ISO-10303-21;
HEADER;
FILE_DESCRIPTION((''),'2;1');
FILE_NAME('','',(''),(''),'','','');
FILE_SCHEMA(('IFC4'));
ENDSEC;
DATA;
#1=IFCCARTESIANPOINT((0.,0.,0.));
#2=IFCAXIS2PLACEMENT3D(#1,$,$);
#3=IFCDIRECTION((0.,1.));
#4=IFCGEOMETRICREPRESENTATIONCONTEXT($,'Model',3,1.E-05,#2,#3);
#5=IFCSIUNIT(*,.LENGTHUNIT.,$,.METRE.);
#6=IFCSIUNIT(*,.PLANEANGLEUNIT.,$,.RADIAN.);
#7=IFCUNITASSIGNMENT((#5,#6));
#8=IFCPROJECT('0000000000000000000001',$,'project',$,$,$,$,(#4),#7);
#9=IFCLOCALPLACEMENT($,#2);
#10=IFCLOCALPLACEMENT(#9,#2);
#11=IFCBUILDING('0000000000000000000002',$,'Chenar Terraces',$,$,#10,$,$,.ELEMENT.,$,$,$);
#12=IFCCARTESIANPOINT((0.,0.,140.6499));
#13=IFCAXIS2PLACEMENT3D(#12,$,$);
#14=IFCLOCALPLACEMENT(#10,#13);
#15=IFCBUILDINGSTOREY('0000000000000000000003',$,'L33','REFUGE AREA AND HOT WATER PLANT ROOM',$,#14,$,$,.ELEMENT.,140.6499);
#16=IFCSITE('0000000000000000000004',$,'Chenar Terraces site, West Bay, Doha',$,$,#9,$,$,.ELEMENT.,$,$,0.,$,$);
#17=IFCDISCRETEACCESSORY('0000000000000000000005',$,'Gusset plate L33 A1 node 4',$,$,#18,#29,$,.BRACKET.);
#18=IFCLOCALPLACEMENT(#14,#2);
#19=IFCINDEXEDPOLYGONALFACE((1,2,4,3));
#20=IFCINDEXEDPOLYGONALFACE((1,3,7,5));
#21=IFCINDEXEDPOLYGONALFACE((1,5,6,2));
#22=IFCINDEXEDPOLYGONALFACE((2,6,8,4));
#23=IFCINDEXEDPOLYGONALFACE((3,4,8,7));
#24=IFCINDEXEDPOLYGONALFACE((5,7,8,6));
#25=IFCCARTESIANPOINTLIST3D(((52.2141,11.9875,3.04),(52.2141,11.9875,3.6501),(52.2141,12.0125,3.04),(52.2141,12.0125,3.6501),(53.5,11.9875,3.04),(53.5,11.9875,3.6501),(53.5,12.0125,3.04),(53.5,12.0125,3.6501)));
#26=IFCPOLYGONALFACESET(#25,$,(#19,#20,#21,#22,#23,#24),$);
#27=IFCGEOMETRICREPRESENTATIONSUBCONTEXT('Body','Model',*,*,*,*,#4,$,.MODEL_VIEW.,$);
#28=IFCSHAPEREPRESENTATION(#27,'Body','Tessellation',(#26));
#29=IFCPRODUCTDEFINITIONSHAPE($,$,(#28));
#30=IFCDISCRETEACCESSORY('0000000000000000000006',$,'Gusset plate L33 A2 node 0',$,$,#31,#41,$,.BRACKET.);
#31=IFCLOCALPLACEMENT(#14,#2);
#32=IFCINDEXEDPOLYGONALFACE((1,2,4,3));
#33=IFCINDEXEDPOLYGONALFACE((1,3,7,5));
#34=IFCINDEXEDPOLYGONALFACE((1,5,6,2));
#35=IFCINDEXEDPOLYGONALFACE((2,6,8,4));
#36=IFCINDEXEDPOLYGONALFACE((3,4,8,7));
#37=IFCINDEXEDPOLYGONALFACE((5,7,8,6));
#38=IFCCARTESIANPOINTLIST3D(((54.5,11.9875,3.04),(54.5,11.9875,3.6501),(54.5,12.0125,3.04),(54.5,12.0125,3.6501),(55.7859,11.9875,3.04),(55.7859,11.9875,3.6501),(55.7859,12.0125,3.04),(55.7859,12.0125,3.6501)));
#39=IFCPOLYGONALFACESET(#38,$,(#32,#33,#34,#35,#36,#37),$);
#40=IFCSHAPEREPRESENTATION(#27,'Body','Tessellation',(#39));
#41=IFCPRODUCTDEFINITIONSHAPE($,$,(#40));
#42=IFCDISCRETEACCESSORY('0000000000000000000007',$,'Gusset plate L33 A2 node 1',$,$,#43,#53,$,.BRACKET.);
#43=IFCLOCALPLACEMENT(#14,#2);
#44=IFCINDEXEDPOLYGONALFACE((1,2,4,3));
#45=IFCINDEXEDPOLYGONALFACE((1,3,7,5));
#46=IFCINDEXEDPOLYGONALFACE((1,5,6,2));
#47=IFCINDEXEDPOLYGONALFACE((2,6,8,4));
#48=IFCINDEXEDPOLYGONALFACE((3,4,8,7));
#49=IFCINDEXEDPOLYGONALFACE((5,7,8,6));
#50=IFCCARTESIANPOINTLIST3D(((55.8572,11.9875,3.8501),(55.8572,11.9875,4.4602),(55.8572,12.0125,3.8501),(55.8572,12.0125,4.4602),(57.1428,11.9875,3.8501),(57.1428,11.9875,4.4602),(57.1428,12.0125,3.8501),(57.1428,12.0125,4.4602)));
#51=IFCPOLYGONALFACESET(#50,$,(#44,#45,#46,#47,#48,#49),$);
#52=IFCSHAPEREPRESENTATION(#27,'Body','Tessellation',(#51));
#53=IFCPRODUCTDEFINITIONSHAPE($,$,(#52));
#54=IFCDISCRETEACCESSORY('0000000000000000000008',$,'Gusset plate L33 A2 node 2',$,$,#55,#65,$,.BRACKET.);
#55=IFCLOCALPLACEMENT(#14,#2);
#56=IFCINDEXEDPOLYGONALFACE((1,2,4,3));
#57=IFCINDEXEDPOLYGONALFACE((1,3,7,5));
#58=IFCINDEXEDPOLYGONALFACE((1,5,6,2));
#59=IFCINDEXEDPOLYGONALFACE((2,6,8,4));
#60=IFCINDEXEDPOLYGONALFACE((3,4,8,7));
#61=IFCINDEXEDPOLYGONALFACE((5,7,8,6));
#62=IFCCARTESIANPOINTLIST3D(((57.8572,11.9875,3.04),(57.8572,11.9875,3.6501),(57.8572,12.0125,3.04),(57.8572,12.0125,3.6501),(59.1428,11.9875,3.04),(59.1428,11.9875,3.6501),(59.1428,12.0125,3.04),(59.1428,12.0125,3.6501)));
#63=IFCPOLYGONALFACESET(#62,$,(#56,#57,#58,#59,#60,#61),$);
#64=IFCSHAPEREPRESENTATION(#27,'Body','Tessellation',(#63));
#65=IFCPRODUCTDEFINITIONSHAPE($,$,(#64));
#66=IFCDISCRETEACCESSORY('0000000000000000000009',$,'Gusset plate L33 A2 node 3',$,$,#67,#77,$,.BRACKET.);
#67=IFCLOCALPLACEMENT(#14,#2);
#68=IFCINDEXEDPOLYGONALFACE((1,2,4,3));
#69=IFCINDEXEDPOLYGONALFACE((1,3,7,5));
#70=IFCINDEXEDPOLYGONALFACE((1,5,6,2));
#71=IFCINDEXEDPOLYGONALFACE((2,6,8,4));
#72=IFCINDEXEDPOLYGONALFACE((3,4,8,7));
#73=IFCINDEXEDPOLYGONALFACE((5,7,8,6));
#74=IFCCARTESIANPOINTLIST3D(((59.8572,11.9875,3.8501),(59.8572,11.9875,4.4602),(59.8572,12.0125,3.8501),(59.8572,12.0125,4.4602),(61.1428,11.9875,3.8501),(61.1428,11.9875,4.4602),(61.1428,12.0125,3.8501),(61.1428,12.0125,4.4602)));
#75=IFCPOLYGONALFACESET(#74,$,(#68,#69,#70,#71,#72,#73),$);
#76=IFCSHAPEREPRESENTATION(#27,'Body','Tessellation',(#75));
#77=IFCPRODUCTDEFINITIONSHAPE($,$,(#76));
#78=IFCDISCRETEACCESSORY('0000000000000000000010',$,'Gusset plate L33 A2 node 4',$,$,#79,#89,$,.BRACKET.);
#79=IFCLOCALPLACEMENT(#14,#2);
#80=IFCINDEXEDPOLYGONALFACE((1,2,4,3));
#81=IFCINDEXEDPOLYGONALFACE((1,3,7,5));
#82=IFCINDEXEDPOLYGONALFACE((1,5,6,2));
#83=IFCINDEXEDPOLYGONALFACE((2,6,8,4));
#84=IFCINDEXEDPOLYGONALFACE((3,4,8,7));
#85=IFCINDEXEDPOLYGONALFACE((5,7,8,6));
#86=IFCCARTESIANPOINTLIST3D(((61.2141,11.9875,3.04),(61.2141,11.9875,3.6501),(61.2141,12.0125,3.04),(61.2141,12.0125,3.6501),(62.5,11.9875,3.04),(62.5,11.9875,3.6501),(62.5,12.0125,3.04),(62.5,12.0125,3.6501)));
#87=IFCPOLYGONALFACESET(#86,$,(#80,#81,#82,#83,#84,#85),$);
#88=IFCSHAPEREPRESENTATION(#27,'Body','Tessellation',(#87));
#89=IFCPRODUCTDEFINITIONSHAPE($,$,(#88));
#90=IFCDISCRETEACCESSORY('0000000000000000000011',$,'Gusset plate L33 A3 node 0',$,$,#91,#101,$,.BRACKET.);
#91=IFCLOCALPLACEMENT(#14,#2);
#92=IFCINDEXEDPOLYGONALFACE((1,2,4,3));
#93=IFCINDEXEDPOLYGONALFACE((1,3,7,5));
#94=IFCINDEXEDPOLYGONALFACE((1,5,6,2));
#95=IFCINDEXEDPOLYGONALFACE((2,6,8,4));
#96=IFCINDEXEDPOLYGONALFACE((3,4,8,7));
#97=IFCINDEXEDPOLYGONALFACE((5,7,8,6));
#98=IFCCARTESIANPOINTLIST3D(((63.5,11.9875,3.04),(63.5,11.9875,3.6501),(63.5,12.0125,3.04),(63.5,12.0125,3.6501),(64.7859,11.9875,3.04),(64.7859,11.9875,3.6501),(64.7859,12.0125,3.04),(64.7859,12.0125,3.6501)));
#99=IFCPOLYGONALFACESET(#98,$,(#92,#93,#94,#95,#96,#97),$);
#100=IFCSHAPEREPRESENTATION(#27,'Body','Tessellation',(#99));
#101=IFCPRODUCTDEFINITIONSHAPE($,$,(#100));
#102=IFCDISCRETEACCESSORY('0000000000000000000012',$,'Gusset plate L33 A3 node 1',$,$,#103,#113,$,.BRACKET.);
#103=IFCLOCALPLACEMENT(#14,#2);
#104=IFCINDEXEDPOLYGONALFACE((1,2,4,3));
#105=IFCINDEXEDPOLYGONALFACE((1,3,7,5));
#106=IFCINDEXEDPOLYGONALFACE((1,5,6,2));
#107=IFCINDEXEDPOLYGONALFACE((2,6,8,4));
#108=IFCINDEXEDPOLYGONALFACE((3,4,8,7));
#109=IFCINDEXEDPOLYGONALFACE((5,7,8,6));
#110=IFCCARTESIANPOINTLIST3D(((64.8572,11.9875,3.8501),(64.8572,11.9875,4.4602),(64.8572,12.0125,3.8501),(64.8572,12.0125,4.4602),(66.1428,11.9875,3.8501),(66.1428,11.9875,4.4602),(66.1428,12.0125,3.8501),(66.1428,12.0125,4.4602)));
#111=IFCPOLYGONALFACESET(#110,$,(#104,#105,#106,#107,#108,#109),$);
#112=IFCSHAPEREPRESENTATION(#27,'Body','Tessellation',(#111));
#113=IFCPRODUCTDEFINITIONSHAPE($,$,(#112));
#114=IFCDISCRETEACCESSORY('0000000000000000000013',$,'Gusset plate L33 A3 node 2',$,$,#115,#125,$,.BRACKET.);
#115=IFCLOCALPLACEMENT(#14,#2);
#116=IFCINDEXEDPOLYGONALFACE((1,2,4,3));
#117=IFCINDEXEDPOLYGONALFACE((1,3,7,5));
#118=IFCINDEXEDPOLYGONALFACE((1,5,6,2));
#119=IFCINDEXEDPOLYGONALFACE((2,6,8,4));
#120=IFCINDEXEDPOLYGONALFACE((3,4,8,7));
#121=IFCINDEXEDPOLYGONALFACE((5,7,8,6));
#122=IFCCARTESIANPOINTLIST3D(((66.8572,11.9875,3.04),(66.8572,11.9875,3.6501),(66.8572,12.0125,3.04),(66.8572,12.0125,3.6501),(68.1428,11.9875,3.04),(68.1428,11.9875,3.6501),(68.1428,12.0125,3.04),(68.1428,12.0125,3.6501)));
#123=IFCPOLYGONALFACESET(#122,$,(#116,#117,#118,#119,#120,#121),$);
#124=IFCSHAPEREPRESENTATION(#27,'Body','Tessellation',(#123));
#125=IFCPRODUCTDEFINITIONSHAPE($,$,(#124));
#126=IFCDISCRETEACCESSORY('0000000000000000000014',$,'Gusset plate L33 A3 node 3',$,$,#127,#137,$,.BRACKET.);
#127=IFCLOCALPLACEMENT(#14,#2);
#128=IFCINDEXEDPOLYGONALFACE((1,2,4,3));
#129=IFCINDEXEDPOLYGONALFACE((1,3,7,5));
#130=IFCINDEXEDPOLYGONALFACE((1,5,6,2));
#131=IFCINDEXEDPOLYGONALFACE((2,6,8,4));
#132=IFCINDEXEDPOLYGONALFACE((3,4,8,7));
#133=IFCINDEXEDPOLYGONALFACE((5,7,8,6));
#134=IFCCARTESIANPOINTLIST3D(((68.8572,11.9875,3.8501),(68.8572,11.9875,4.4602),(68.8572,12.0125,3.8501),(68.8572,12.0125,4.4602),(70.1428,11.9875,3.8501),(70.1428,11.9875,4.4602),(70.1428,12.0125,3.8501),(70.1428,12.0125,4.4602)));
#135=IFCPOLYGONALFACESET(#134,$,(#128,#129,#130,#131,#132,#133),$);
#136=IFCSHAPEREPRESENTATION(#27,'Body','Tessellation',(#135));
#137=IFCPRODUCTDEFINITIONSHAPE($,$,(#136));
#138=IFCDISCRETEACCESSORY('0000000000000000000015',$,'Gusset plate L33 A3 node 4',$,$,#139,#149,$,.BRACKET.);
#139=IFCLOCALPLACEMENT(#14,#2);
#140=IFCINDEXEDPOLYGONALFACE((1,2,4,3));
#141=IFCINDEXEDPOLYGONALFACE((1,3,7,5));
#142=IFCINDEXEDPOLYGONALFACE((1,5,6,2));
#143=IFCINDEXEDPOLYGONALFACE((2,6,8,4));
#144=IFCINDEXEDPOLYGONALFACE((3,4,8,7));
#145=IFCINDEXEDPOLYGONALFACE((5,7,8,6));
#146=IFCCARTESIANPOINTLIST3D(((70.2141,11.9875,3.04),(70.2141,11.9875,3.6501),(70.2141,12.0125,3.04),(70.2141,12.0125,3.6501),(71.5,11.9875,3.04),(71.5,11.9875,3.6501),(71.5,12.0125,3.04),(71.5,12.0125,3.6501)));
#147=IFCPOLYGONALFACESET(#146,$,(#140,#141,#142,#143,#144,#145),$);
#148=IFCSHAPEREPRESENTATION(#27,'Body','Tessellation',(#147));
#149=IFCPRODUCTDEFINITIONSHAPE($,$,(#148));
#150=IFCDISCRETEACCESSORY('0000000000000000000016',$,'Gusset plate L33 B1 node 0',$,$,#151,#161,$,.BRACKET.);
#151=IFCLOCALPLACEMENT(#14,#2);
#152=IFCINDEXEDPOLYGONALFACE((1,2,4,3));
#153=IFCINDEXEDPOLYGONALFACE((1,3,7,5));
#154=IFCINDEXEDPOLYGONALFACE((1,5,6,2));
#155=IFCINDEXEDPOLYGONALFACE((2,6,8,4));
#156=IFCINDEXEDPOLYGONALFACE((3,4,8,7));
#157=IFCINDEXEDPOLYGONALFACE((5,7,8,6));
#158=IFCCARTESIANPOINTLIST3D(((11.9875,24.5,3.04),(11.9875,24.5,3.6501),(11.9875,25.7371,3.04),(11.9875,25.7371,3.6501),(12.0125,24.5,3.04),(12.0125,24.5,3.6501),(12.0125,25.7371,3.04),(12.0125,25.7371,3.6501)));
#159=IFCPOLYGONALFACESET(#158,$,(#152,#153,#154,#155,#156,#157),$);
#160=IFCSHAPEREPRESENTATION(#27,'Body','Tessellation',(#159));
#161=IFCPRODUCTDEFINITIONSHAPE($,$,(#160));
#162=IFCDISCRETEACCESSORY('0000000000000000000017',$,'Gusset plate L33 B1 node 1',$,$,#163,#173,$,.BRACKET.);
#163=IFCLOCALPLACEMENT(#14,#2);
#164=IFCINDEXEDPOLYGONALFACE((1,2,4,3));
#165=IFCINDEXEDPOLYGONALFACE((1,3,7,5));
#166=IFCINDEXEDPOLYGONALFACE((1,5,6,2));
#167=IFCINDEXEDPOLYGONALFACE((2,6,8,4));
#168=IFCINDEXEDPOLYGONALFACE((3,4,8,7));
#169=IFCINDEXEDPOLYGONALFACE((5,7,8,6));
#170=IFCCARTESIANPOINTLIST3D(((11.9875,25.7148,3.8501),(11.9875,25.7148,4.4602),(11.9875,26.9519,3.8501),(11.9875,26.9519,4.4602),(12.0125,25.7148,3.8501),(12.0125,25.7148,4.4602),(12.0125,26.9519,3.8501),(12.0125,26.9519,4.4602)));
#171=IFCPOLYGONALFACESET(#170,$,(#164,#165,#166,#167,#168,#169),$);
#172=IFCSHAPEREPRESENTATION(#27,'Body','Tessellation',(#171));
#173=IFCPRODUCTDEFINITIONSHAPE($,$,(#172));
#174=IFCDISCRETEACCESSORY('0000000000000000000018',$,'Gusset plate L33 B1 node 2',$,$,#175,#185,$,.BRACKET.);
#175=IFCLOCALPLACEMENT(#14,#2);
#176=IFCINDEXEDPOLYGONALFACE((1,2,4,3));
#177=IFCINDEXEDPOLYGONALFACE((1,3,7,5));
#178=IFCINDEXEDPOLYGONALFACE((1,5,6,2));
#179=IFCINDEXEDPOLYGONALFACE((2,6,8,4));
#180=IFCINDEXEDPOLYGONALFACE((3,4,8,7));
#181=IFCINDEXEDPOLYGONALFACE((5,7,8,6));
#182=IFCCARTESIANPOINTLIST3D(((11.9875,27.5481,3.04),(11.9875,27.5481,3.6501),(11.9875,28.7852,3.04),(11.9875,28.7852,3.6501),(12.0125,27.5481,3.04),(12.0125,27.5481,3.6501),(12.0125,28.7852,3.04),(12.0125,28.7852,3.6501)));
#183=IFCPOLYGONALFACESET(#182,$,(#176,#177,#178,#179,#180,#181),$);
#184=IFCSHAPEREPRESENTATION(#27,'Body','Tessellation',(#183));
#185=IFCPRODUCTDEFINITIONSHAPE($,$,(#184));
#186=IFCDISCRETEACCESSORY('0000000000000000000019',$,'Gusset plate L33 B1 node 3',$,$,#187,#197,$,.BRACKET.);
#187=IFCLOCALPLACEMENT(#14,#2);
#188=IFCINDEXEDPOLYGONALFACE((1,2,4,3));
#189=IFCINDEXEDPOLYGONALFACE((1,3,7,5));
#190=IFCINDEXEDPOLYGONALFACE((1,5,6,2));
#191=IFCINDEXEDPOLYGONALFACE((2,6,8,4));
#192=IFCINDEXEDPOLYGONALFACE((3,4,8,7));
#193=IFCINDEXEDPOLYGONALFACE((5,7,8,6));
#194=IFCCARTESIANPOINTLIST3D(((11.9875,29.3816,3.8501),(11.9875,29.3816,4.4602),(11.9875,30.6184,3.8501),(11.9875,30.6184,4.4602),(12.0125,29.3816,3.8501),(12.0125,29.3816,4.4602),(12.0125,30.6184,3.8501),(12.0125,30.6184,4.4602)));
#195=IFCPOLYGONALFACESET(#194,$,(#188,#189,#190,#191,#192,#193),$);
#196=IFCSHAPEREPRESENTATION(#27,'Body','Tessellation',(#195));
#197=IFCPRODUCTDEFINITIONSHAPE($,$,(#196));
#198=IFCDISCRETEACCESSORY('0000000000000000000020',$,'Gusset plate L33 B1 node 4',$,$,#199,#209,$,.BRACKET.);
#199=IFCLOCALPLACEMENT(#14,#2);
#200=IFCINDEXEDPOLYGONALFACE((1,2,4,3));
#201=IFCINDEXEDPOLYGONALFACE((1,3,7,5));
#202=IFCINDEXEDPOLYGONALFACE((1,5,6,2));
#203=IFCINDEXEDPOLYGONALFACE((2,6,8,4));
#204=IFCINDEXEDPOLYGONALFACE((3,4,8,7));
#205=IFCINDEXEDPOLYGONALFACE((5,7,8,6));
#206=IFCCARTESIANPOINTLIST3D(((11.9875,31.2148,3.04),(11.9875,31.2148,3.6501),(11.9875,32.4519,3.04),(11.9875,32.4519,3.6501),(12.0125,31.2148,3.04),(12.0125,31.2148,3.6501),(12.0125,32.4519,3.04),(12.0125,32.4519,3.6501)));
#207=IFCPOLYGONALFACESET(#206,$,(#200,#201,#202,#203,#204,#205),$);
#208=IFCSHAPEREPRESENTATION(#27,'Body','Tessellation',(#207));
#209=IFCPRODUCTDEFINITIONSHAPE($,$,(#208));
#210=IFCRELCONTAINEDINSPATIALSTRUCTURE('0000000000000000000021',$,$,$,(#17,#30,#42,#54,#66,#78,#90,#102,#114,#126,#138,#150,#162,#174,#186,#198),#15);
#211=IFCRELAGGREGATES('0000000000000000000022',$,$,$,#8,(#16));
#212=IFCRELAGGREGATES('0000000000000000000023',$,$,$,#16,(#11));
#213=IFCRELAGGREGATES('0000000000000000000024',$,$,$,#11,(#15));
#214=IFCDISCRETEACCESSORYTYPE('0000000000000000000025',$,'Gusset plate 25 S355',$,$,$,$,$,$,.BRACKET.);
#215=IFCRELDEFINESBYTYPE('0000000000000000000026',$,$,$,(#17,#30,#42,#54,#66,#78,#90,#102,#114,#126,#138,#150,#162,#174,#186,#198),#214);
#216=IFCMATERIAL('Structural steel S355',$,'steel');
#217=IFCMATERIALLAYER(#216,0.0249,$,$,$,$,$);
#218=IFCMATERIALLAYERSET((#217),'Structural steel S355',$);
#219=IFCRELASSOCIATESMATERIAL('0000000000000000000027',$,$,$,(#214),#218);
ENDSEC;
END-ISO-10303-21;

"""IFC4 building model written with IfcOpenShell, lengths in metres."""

from ifc_helpers import new_model, si_unit, direction, frame, origin, place, context, subcontext, project, spatial, polyline, outline, extrude, material, layer, layer_set, type_object, element, save


model = new_model("IFC4")

# Units and contexts
model_context = context("Model", 3, precision=1e-05, world=origin(), true_north=direction((0.0, 1.0)))
body_context = subcontext(model_context, "Body", "Model", "MODEL_VIEW")
ifc_project = project(units=[si_unit("LENGTHUNIT", "METRE"), si_unit("PLANEANGLEUNIT", "RADIAN")], contexts=[model_context])

# Site, building, storey
site_placement = place(None, origin())
site = spatial("IfcSite", under=ifc_project, at=site_placement, Name="Chenar Terraces site, West Bay, Doha", CompositionType="ELEMENT", RefElevation=0.0)
building_placement = place(site_placement, origin())
building = spatial("IfcBuilding", under=site, at=building_placement, Name="Chenar Terraces", CompositionType="ELEMENT")
storey_placement = place(building_placement, frame((0.0, 0.0, 140.6499)))
storey = spatial("IfcBuildingStorey", under=building, at=storey_placement, Name="L33", Description="REFUGE AREA AND HOT WATER PLANT ROOM", CompositionType="ELEMENT", Elevation=140.6499)

# Discrete accessories
ifc_material_1 = material(Name="Structural steel S355", Category="steel")
ifc_layer_1 = layer(ifc_material_1, 0.0249)
ifc_layer_set_1 = layer_set([ifc_layer_1], Name="Structural steel S355")
discrete_accessory_type = type_object("IfcDiscreteAccessoryType", Name="Gusset plate 25 S355", PredefinedType="BRACKET", material=ifc_layer_set_1)
placement_1 = place(storey_placement, frame((0.0, 0.0, 3.04)))
placement_2 = place(storey_placement, frame((0.0, 0.0, 3.8501)))
element("IfcDiscreteAccessory", 1, at=placement_1, inside=storey, type_object=discrete_accessory_type, Name="Gusset plate L33 A1 node 4", PredefinedType="BRACKET", context=body_context, shape_type="SweptSolid", body=[
    extrude(outline(polyline([(52.2141, 11.9875), (53.5, 11.9875), (53.5, 12.0125), (52.2141, 12.0125), (52.2141, 11.9875)])), origin(), (0.0, 0.0, 1.0), 0.6101),
])
element("IfcDiscreteAccessory", 2, at=placement_1, inside=storey, type_object=discrete_accessory_type, Name="Gusset plate L33 A2 node 0", PredefinedType="BRACKET", context=body_context, shape_type="SweptSolid", body=[
    extrude(outline(polyline([(54.5, 11.9875), (55.7859, 11.9875), (55.7859, 12.0125), (54.5, 12.0125), (54.5, 11.9875)])), origin(), (0.0, 0.0, 1.0), 0.6101),
])
element("IfcDiscreteAccessory", 3, at=placement_2, inside=storey, type_object=discrete_accessory_type, Name="Gusset plate L33 A2 node 1", PredefinedType="BRACKET", context=body_context, shape_type="SweptSolid", body=[
    extrude(outline(polyline([(55.8572, 11.9875), (57.1428, 11.9875), (57.1428, 12.0125), (55.8572, 12.0125), (55.8572, 11.9875)])), origin(), (0.0, 0.0, 1.0), 0.6101),
])
element("IfcDiscreteAccessory", 4, at=placement_1, inside=storey, type_object=discrete_accessory_type, Name="Gusset plate L33 A2 node 2", PredefinedType="BRACKET", context=body_context, shape_type="SweptSolid", body=[
    extrude(outline(polyline([(57.8572, 11.9875), (59.1428, 11.9875), (59.1428, 12.0125), (57.8572, 12.0125), (57.8572, 11.9875)])), origin(), (0.0, 0.0, 1.0), 0.6101),
])
element("IfcDiscreteAccessory", 5, at=placement_2, inside=storey, type_object=discrete_accessory_type, Name="Gusset plate L33 A2 node 3", PredefinedType="BRACKET", context=body_context, shape_type="SweptSolid", body=[
    extrude(outline(polyline([(59.8572, 11.9875), (61.1428, 11.9875), (61.1428, 12.0125), (59.8572, 12.0125), (59.8572, 11.9875)])), origin(), (0.0, 0.0, 1.0), 0.6101),
])
element("IfcDiscreteAccessory", 6, at=placement_1, inside=storey, type_object=discrete_accessory_type, Name="Gusset plate L33 A2 node 4", PredefinedType="BRACKET", context=body_context, shape_type="SweptSolid", body=[
    extrude(outline(polyline([(61.2141, 11.9875), (62.5, 11.9875), (62.5, 12.0125), (61.2141, 12.0125), (61.2141, 11.9875)])), origin(), (0.0, 0.0, 1.0), 0.6101),
])
element("IfcDiscreteAccessory", 7, at=placement_1, inside=storey, type_object=discrete_accessory_type, Name="Gusset plate L33 A3 node 0", PredefinedType="BRACKET", context=body_context, shape_type="SweptSolid", body=[
    extrude(outline(polyline([(63.5, 11.9875), (64.7859, 11.9875), (64.7859, 12.0125), (63.5, 12.0125), (63.5, 11.9875)])), origin(), (0.0, 0.0, 1.0), 0.6101),
])
element("IfcDiscreteAccessory", 8, at=placement_2, inside=storey, type_object=discrete_accessory_type, Name="Gusset plate L33 A3 node 1", PredefinedType="BRACKET", context=body_context, shape_type="SweptSolid", body=[
    extrude(outline(polyline([(64.8572, 11.9875), (66.1428, 11.9875), (66.1428, 12.0125), (64.8572, 12.0125), (64.8572, 11.9875)])), origin(), (0.0, 0.0, 1.0), 0.6101),
])
element("IfcDiscreteAccessory", 9, at=placement_1, inside=storey, type_object=discrete_accessory_type, Name="Gusset plate L33 A3 node 2", PredefinedType="BRACKET", context=body_context, shape_type="SweptSolid", body=[
    extrude(outline(polyline([(66.8572, 11.9875), (68.1428, 11.9875), (68.1428, 12.0125), (66.8572, 12.0125), (66.8572, 11.9875)])), origin(), (0.0, 0.0, 1.0), 0.6101),
])
element("IfcDiscreteAccessory", 10, at=placement_2, inside=storey, type_object=discrete_accessory_type, Name="Gusset plate L33 A3 node 3", PredefinedType="BRACKET", context=body_context, shape_type="SweptSolid", body=[
    extrude(outline(polyline([(68.8572, 11.9875), (70.1428, 11.9875), (70.1428, 12.0125), (68.8572, 12.0125), (68.8572, 11.9875)])), origin(), (0.0, 0.0, 1.0), 0.6101),
])
element("IfcDiscreteAccessory", 11, at=placement_1, inside=storey, type_object=discrete_accessory_type, Name="Gusset plate L33 A3 node 4", PredefinedType="BRACKET", context=body_context, shape_type="SweptSolid", body=[
    extrude(outline(polyline([(70.2141, 11.9875), (71.5, 11.9875), (71.5, 12.0125), (70.2141, 12.0125), (70.2141, 11.9875)])), origin(), (0.0, 0.0, 1.0), 0.6101),
])
element("IfcDiscreteAccessory", 12, at=placement_1, inside=storey, type_object=discrete_accessory_type, Name="Gusset plate L33 B1 node 0", PredefinedType="BRACKET", context=body_context, shape_type="SweptSolid", body=[
    extrude(outline(polyline([(12.0125, 24.5), (12.0125, 25.7371), (11.9875, 25.7371), (11.9875, 24.5), (12.0125, 24.5)])), origin(), (0.0, 0.0, 1.0), 0.6101),
])
element("IfcDiscreteAccessory", 13, at=placement_2, inside=storey, type_object=discrete_accessory_type, Name="Gusset plate L33 B1 node 1", PredefinedType="BRACKET", context=body_context, shape_type="SweptSolid", body=[
    extrude(outline(polyline([(12.0125, 25.7148), (12.0125, 26.9519), (11.9875, 26.9519), (11.9875, 25.7148), (12.0125, 25.7148)])), origin(), (0.0, 0.0, 1.0), 0.6101),
])
element("IfcDiscreteAccessory", 14, at=placement_1, inside=storey, type_object=discrete_accessory_type, Name="Gusset plate L33 B1 node 2", PredefinedType="BRACKET", context=body_context, shape_type="SweptSolid", body=[
    extrude(outline(polyline([(12.0125, 27.5481), (12.0125, 28.7852), (11.9875, 28.7852), (11.9875, 27.5481), (12.0125, 27.5481)])), origin(), (0.0, 0.0, 1.0), 0.6101),
])
element("IfcDiscreteAccessory", 15, at=placement_2, inside=storey, type_object=discrete_accessory_type, Name="Gusset plate L33 B1 node 3", PredefinedType="BRACKET", context=body_context, shape_type="SweptSolid", body=[
    extrude(outline(polyline([(12.0125, 29.3816), (12.0125, 30.6184), (11.9875, 30.6184), (11.9875, 29.3816), (12.0125, 29.3816)])), origin(), (0.0, 0.0, 1.0), 0.6101),
])
element("IfcDiscreteAccessory", 16, at=placement_1, inside=storey, type_object=discrete_accessory_type, Name="Gusset plate L33 B1 node 4", PredefinedType="BRACKET", context=body_context, shape_type="SweptSolid", body=[
    extrude(outline(polyline([(12.0125, 31.2148), (12.0125, 32.4519), (11.9875, 32.4519), (11.9875, 31.2148), (12.0125, 31.2148)])), origin(), (0.0, 0.0, 1.0), 0.6101),
])

save(model, "model.ifc")
